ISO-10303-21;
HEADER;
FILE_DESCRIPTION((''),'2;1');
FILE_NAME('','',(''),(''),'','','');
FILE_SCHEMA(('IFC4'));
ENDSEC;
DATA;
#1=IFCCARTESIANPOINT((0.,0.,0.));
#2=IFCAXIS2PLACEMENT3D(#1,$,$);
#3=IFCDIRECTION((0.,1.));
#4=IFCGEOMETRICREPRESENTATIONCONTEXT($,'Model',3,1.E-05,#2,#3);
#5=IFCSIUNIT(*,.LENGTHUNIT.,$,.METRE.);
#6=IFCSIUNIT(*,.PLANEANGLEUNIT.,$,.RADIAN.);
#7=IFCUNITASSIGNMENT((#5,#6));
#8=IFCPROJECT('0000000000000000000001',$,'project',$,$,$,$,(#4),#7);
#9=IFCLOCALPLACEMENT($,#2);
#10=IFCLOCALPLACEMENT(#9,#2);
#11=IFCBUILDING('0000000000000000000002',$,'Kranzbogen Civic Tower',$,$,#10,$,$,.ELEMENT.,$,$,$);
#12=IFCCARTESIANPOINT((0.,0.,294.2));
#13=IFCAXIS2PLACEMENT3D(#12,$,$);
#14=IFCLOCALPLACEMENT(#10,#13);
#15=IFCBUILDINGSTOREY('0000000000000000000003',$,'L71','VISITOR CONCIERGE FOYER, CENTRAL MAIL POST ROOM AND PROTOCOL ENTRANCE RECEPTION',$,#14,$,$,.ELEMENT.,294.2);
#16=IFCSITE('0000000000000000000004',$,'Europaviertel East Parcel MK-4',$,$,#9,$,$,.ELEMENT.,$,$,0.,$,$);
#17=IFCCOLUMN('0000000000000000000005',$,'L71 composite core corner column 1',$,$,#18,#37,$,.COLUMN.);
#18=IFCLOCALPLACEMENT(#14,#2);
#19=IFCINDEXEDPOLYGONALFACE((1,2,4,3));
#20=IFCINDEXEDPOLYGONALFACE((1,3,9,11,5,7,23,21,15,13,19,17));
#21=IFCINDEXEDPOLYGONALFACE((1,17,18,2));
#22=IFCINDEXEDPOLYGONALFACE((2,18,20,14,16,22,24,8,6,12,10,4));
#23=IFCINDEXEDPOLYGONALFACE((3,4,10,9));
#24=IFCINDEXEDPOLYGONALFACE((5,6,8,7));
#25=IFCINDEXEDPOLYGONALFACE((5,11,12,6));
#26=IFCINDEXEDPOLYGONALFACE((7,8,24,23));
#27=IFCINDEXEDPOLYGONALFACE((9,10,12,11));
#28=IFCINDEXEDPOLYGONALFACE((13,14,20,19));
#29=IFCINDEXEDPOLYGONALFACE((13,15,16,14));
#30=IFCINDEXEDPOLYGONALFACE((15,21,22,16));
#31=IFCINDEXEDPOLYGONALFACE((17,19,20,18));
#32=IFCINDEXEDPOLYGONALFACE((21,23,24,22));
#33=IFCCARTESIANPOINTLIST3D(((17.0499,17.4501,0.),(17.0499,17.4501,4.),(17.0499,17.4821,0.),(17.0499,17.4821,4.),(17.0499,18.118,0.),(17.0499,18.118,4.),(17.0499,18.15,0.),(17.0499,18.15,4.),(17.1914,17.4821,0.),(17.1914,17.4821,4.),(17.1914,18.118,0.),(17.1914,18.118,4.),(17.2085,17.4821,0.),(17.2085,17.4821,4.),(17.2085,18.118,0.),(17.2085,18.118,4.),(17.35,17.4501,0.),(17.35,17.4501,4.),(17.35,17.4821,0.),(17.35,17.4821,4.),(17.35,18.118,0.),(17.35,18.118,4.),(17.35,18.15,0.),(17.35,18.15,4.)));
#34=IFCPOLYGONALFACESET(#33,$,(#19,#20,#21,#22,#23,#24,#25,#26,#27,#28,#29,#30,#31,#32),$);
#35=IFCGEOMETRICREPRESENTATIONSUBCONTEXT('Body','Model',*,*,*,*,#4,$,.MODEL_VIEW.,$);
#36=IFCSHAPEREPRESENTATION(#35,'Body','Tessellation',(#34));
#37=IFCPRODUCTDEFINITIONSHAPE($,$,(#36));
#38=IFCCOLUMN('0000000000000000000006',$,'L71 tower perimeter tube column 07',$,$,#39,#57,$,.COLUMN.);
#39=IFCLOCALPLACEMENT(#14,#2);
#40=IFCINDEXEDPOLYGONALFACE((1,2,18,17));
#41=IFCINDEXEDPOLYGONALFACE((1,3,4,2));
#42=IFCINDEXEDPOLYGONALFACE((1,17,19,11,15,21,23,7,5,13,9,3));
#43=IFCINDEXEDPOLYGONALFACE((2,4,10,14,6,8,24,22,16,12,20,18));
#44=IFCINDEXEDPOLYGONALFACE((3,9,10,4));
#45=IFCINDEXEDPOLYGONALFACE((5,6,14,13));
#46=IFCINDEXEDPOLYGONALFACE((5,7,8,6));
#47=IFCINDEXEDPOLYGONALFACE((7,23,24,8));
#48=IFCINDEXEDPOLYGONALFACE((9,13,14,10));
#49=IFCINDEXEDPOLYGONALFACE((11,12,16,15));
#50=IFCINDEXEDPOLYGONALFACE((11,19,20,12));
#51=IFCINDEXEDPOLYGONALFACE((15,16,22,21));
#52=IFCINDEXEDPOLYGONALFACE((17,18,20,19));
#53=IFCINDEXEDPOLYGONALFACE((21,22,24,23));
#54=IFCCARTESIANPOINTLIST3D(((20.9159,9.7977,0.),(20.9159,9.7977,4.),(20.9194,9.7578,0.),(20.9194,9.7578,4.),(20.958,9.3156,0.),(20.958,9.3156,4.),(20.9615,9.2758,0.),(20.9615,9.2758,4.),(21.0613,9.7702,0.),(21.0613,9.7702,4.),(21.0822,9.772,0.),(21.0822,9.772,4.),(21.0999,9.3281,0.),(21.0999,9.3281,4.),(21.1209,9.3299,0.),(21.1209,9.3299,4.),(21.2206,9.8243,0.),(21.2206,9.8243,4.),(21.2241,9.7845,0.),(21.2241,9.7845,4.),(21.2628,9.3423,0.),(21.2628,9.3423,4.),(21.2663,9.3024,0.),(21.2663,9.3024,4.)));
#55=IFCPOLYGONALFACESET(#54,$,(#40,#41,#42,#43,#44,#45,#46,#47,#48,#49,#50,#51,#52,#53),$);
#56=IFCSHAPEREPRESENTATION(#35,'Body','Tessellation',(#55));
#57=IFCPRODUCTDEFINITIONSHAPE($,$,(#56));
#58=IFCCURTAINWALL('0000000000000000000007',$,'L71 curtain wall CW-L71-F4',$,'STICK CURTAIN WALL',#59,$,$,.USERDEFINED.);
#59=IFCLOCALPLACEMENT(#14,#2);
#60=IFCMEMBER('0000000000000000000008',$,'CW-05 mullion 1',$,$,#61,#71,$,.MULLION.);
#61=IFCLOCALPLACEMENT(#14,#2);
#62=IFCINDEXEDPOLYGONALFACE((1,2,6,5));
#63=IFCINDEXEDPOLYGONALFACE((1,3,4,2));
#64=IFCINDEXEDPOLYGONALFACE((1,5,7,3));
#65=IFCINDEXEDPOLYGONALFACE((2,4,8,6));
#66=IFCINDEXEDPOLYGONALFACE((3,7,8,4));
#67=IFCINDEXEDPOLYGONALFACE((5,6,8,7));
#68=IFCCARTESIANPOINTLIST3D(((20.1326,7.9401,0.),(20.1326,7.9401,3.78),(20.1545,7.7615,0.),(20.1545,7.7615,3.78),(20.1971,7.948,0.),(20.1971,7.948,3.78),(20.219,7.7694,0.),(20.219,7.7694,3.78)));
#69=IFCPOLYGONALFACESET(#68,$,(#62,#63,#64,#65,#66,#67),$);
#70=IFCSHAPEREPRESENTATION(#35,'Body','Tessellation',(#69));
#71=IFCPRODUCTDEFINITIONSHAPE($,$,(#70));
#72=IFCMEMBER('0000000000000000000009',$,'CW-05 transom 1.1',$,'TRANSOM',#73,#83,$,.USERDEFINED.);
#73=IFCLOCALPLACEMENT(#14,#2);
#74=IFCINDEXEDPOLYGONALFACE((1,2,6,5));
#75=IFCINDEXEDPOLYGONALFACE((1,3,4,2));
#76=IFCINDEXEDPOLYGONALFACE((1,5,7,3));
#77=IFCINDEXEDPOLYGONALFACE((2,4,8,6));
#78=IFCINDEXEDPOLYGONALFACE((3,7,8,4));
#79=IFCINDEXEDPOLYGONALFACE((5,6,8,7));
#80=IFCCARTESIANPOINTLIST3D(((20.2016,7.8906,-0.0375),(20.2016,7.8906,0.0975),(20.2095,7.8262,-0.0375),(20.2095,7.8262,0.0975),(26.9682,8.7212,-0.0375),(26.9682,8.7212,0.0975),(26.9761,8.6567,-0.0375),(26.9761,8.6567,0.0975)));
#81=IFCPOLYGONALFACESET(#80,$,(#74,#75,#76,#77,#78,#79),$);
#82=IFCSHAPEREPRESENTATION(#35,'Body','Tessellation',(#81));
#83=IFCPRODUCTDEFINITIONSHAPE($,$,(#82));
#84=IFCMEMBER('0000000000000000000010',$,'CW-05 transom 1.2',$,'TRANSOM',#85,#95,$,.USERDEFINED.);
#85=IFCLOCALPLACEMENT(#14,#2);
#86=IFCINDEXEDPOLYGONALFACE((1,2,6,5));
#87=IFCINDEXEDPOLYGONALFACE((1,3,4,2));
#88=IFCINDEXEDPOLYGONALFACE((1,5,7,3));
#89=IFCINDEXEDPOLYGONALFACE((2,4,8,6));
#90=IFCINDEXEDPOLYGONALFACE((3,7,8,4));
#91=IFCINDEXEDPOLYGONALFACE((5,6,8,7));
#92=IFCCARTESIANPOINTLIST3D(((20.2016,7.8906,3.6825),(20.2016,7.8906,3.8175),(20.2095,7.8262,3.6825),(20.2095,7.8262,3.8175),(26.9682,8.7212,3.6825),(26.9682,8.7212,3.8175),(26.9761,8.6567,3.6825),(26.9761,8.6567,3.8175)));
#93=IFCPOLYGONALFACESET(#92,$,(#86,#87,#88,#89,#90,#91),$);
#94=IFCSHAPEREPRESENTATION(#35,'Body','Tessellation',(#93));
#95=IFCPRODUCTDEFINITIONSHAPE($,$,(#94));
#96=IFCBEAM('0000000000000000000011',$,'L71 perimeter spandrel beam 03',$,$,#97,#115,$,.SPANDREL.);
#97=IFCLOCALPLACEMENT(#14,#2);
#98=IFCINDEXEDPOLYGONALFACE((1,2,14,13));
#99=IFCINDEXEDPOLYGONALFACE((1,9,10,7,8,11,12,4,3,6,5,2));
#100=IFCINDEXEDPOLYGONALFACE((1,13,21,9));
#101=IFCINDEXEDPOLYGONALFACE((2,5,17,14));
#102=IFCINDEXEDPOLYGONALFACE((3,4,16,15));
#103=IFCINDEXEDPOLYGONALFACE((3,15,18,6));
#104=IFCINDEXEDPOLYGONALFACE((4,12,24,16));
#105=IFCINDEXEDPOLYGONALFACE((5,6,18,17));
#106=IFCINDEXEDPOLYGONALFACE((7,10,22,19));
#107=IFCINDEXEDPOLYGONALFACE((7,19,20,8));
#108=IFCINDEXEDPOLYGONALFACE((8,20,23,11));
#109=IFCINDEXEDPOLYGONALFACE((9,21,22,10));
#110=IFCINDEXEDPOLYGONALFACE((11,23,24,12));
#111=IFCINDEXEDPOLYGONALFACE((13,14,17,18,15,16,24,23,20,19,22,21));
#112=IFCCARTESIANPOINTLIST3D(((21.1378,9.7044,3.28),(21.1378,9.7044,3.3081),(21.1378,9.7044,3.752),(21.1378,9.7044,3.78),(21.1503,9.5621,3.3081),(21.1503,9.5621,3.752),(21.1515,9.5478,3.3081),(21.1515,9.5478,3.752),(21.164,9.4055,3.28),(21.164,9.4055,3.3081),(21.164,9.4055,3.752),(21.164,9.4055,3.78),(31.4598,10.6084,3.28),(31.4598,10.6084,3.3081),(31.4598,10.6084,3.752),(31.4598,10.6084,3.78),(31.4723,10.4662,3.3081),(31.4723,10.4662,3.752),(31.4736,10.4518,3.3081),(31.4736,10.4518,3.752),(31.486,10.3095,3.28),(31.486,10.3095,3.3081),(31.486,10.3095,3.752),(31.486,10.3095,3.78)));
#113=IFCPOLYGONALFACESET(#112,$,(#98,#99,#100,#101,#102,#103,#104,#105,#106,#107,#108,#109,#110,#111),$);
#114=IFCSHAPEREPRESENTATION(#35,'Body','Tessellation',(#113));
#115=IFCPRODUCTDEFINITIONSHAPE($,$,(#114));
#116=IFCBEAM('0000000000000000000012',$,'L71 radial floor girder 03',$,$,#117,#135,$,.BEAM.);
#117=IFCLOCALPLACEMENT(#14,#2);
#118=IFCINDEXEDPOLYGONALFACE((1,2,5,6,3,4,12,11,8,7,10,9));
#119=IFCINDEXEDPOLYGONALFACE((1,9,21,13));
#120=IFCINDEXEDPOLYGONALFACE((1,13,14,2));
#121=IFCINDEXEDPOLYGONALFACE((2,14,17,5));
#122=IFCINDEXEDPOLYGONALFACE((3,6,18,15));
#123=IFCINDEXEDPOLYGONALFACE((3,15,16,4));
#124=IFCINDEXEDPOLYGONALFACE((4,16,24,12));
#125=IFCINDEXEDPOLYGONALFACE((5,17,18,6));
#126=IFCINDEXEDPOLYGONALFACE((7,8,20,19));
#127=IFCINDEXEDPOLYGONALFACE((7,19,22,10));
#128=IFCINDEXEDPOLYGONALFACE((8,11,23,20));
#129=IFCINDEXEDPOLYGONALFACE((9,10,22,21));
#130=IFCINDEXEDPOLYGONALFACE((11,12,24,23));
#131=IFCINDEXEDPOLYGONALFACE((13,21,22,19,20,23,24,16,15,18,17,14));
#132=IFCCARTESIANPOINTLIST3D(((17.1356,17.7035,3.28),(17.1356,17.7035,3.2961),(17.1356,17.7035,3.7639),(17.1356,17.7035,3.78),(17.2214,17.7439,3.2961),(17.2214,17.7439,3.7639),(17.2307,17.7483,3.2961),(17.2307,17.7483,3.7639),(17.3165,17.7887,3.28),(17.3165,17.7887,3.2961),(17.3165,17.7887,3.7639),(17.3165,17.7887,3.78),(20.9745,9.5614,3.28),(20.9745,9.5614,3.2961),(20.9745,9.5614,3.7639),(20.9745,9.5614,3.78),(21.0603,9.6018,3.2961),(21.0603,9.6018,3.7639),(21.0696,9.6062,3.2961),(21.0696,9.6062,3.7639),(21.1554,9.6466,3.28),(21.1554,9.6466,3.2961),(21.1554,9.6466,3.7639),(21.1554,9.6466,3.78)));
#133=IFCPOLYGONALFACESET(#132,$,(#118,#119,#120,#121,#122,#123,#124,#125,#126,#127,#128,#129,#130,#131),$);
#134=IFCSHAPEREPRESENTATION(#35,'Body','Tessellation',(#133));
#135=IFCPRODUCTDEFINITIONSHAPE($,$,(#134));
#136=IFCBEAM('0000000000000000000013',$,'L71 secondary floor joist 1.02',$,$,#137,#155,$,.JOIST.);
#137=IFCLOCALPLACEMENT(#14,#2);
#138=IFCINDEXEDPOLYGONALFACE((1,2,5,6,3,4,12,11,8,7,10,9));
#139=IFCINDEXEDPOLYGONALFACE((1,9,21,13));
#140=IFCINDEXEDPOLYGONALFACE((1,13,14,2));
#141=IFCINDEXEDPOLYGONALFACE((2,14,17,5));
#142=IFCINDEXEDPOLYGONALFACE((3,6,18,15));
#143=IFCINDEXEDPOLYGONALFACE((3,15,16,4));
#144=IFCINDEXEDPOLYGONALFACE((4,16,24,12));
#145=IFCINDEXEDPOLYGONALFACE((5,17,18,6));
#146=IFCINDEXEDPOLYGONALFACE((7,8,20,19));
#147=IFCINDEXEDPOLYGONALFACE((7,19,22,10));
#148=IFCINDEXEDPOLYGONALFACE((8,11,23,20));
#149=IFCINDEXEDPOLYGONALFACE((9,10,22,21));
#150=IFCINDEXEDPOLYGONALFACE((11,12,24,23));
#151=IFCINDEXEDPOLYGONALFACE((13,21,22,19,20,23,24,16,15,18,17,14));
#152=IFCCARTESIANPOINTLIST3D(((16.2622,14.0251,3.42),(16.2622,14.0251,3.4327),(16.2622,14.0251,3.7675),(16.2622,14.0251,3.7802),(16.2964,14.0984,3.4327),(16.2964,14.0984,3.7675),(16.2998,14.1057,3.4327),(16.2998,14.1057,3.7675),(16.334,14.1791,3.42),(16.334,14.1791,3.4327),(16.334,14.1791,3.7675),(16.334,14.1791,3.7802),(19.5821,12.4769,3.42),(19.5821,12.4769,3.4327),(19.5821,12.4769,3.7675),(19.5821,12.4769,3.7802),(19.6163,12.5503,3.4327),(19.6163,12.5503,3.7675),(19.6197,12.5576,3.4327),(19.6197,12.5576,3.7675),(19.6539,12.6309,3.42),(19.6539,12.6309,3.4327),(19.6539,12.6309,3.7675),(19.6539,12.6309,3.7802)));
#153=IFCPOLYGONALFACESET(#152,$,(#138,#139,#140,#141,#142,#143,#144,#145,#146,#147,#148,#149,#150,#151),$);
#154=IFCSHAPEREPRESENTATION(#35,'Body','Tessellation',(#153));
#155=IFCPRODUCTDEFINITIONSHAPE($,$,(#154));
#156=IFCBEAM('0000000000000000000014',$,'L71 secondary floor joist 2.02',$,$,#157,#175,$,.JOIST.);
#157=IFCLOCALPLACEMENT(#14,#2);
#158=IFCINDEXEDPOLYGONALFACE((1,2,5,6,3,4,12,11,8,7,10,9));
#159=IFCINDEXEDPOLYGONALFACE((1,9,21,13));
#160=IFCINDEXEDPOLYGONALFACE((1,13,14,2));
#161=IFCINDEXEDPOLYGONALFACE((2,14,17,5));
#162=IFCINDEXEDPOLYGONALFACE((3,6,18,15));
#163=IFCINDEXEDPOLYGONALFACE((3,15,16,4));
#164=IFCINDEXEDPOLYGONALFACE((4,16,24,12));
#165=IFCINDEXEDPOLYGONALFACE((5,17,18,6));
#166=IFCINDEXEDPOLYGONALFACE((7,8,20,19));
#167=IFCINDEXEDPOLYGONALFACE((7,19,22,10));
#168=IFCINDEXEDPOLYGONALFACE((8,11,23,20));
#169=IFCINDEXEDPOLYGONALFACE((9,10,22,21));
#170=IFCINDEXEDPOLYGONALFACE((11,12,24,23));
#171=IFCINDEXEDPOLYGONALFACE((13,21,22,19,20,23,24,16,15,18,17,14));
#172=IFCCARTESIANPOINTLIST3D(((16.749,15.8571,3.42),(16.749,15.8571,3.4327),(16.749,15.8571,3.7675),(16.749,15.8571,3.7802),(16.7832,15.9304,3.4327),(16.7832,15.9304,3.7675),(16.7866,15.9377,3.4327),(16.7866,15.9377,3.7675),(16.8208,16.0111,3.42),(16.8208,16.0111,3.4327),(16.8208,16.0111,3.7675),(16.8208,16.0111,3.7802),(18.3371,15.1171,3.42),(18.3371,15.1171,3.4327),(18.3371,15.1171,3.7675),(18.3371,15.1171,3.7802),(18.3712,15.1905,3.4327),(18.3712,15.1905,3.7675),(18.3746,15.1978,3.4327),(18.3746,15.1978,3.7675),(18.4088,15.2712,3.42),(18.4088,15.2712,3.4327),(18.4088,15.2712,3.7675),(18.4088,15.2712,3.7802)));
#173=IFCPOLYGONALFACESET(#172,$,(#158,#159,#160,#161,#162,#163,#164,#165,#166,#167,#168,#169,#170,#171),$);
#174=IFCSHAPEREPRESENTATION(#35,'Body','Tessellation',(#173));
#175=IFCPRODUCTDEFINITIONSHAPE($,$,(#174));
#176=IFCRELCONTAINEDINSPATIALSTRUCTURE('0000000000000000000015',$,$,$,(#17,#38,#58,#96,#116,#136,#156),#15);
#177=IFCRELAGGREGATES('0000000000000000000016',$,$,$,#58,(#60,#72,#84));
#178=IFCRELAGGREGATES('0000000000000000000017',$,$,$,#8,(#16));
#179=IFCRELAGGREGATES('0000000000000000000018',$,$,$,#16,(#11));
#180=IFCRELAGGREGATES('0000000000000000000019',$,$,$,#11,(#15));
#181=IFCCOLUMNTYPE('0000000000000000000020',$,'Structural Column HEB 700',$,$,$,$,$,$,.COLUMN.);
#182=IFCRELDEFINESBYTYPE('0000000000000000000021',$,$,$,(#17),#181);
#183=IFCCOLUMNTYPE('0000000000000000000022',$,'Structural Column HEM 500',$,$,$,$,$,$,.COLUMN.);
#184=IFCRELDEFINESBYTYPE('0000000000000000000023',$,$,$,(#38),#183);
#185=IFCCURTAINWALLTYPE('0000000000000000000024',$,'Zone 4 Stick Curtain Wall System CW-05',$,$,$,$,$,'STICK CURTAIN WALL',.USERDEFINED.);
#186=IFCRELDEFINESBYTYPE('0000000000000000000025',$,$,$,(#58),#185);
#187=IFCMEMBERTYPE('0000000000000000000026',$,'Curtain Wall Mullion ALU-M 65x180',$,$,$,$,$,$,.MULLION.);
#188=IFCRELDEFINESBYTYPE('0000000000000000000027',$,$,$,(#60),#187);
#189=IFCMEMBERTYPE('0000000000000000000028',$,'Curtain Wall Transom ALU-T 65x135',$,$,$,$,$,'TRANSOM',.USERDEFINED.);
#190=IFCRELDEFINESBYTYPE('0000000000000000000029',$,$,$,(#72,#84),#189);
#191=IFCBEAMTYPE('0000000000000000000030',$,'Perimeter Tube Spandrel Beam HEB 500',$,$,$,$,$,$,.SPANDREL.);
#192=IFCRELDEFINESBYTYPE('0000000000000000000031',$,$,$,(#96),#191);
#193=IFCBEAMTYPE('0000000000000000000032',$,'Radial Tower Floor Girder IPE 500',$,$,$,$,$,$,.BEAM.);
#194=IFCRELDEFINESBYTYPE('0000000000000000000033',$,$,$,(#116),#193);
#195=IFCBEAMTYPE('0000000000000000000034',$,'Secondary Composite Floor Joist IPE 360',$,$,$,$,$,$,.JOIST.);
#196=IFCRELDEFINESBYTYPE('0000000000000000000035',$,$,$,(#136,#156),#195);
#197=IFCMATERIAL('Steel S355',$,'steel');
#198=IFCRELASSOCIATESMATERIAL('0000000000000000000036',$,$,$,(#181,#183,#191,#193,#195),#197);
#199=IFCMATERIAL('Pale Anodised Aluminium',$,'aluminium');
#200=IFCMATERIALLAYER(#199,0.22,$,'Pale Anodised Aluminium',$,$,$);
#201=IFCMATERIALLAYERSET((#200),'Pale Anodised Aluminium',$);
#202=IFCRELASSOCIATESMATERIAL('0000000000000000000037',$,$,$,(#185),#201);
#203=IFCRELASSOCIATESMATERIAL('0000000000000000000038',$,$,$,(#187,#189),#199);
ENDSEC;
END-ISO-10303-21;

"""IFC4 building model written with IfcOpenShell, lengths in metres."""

from ifc_helpers import new_model, si_unit, direction, frame, origin, origin_2d, place, context, subcontext, project, spatial, rectangle, i_section, extrude, material, layer, layer_set, material_profile, profile_set, type_object, element, aggregate, save


model = new_model("IFC4")

# Units and contexts
model_context = context("Model", 3, precision=1e-05, world=origin(), true_north=direction((0.0, 1.0)))
body_context = subcontext(model_context, "Body", "Model", "MODEL_VIEW")
ifc_project = project(units=[si_unit("LENGTHUNIT", "METRE"), si_unit("PLANEANGLEUNIT", "RADIAN")], contexts=[model_context])

# Site, building, storey
site_placement = place(None, origin())
site = spatial("IfcSite", under=ifc_project, at=site_placement, Name="Europaviertel East Parcel MK-4", CompositionType="ELEMENT", RefElevation=0.0)
building_placement = place(site_placement, origin())
building = spatial("IfcBuilding", under=site, at=building_placement, Name="Kranzbogen Civic Tower", CompositionType="ELEMENT")
storey_placement = place(building_placement, frame((0.0, 0.0, 294.2)))
storey = spatial("IfcBuildingStorey", under=building, at=storey_placement, Name="L71", Description="VISITOR CONCIERGE FOYER, CENTRAL MAIL POST ROOM AND PROTOCOL ENTRANCE RECEPTION", CompositionType="ELEMENT", Elevation=294.2)

# Columns
ifc_material_1 = material(Name="Steel S355", Category="steel")
ifc_material_profile_1 = material_profile(ifc_material_1, i_section(OverallWidth=0.3, OverallDepth=0.7, WebThickness=0.0171, FlangeThickness=0.032, at=origin_2d()), Name="HEB 700")
ifc_profile_set_1 = profile_set([ifc_material_profile_1], Name="Steel S355")
column_type_1 = type_object("IfcColumnType", Name="Structural Column HEB 700", PredefinedType="COLUMN", material=ifc_profile_set_1)
column_1_placement = place(storey_placement, frame((17.2, 17.8, 0.0), z_axis=(0.0, 0.0, 1.0), x_axis=(1.0, 0.0, 0.0)))
element("IfcColumn", 1, at=column_1_placement, inside=storey, type_object=column_type_1, Name="L71 composite core corner column 1", PredefinedType="COLUMN", context=body_context, shape_type="SweptSolid", body=[
    extrude(i_section(OverallWidth=0.3, OverallDepth=0.7, WebThickness=0.0171, FlangeThickness=0.032, at=origin_2d()), origin(), (0.0, 0.0, 1.0), 4.0),
])
ifc_material_profile_2 = material_profile(ifc_material_1, i_section(OverallWidth=0.3059, OverallDepth=0.5239, WebThickness=0.021, FlangeThickness=0.04, at=origin_2d()), Name="HEM 500")
ifc_profile_set_2 = profile_set([ifc_material_profile_2], Name="Steel S355")
column_type_2 = type_object("IfcColumnType", Name="Structural Column HEM 500", PredefinedType="COLUMN", material=ifc_profile_set_2)
column_2_placement = place(storey_placement, frame((21.0911, 9.55, 0.0), z_axis=(0.0, 0.0, 1.0), x_axis=(0.996195, 0.087156, 0.0)))
element("IfcColumn", 2, at=column_2_placement, inside=storey, type_object=column_type_2, Name="L71 tower perimeter tube column 07", PredefinedType="COLUMN", context=body_context, shape_type="SweptSolid", body=[
    extrude(i_section(OverallWidth=0.3059, OverallDepth=0.5239, WebThickness=0.021, FlangeThickness=0.04, at=origin_2d()), origin(), (0.0, 0.0, 1.0), 4.0),
])

# Curtain wall, members
ifc_material_2 = material(Name="Pale Anodised Aluminium", Category="aluminium")
ifc_layer_1 = layer(ifc_material_2, 0.22, Name="Pale Anodised Aluminium")
ifc_layer_set_1 = layer_set([ifc_layer_1], Name="Pale Anodised Aluminium")
curtain_wall_type = type_object("IfcCurtainWallType", Name="Zone 4 Stick Curtain Wall System CW-05", ElementType="STICK CURTAIN WALL", PredefinedType="USERDEFINED", material=ifc_layer_set_1)
curtain_wall_placement = place(storey_placement, origin())
curtain_wall = element("IfcCurtainWall", 3, at=curtain_wall_placement, inside=storey, type_object=curtain_wall_type, Name="L71 curtain wall CW-L71-F4", ObjectType="STICK CURTAIN WALL", PredefinedType="USERDEFINED")
ifc_material_profile_3 = material_profile(ifc_material_2, rectangle(XDim=0.0649, YDim=0.1799, at=origin_2d()), Name="ALU-M 65x180")
ifc_profile_set_3 = profile_set([ifc_material_profile_3], Name="Pale Anodised Aluminium")
member_type_1 = type_object("IfcMemberType", Name="Curtain Wall Mullion ALU-M 65x180", PredefinedType="MULLION", material=ifc_profile_set_3)
member_1_placement = place(storey_placement, frame((20.1758, 7.8547, 0.0), z_axis=(0.0, 0.0, 1.0), x_axis=(0.992552, 0.121825, 0.0)))
member_1 = element("IfcMember", 4, at=member_1_placement, type_object=member_type_1, Name="CW-05 mullion 1", PredefinedType="MULLION", context=body_context, shape_type="SweptSolid", body=[
    extrude(rectangle(XDim=0.0649, YDim=0.1799, at=origin_2d()), origin(), (0.0, 0.0, 1.0), 3.78),
])
ifc_material_profile_4 = material_profile(ifc_material_2, rectangle(XDim=0.0649, YDim=0.135, at=origin_2d()), Name="ALU-T 65x135")
ifc_profile_set_4 = profile_set([ifc_material_profile_4], Name="Pale Anodised Aluminium")
member_type_2 = type_object("IfcMemberType", Name="Curtain Wall Transom ALU-T 65x135", ElementType="TRANSOM", PredefinedType="USERDEFINED", material=ifc_profile_set_4)
member_2_placement = place(storey_placement, frame((20.2056, 7.8584, 0.03), z_axis=(0.992551, 0.121831, 0.0), x_axis=(-0.121831, 0.992551, 0.0)))
member_2 = element("IfcMember", 5, at=member_2_placement, type_object=member_type_2, Name="CW-05 transom 1.1", ObjectType="TRANSOM", PredefinedType="USERDEFINED", context=body_context, shape_type="SweptSolid", body=[
    extrude(rectangle(XDim=0.0649, YDim=0.135, at=origin_2d()), origin(), (0.0, 0.0, 1.0), 6.8174),
])
member_3_placement = place(storey_placement, frame((20.2056, 7.8584, 3.75), z_axis=(0.992551, 0.121831, 0.0), x_axis=(-0.121831, 0.992551, 0.0)))
member_3 = element("IfcMember", 6, at=member_3_placement, type_object=member_type_2, Name="CW-05 transom 1.2", ObjectType="TRANSOM", PredefinedType="USERDEFINED", context=body_context, shape_type="SweptSolid", body=[
    extrude(rectangle(XDim=0.0649, YDim=0.135, at=origin_2d()), origin(), (0.0, 0.0, 1.0), 6.8174),
])

# Beams
ifc_material_profile_5 = material_profile(ifc_material_1, i_section(OverallWidth=0.3, OverallDepth=0.5, WebThickness=0.0144, FlangeThickness=0.0281, at=origin_2d()), Name="HEB 500")
ifc_profile_set_5 = profile_set([ifc_material_profile_5], Name="Steel S355")
beam_type_1 = type_object("IfcBeamType", Name="Perimeter Tube Spandrel Beam HEB 500", PredefinedType="SPANDREL", material=ifc_profile_set_5)
beam_1_placement = place(storey_placement, frame((21.1509, 9.5549, 3.53), z_axis=(0.996186, 0.087251, 0.0), x_axis=(-0.087251, 0.996186, 0.0)))
element("IfcBeam", 7, at=beam_1_placement, inside=storey, type_object=beam_type_1, Name="L71 perimeter spandrel beam 03", PredefinedType="SPANDREL", context=body_context, shape_type="SweptSolid", body=[
    extrude(i_section(OverallWidth=0.3, OverallDepth=0.5, WebThickness=0.0144, FlangeThickness=0.0281, at=origin_2d()), origin(), (0.0, 0.0, 1.0), 10.3616),
])
ifc_material_profile_6 = material_profile(ifc_material_1, i_section(OverallWidth=0.2, OverallDepth=0.5, WebThickness=0.0103, FlangeThickness=0.0161, at=origin_2d()), Name="IPE 500")
ifc_profile_set_6 = profile_set([ifc_material_profile_6], Name="Steel S355")
beam_type_2 = type_object("IfcBeamType", Name="Radial Tower Floor Girder IPE 500", PredefinedType="BEAM", material=ifc_profile_set_6)
beam_2_placement = place(storey_placement, frame((21.0649, 9.604, 3.53), z_axis=(-0.42646, 0.904506, 0.0), x_axis=(-0.904506, -0.42646, 0.0)))
element("IfcBeam", 8, at=beam_2_placement, inside=storey, type_object=beam_type_2, Name="L71 radial floor girder 03", PredefinedType="BEAM", context=body_context, shape_type="SweptSolid", body=[
    extrude(i_section(OverallWidth=0.2, OverallDepth=0.5, WebThickness=0.0103, FlangeThickness=0.0161, at=origin_2d()), origin(), (0.0, 0.0, 1.0), 9.0017),
])
ifc_material_profile_7 = material_profile(ifc_material_1, i_section(OverallWidth=0.1699, OverallDepth=0.3601, WebThickness=0.0081, FlangeThickness=0.0127, at=origin_2d()), Name="IPE 360")
ifc_profile_set_7 = profile_set([ifc_material_profile_7], Name="Steel S355")
beam_type_3 = type_object("IfcBeamType", Name="Secondary Composite Floor Joist IPE 360", PredefinedType="JOIST", material=ifc_profile_set_7)
beam_3_placement = place(storey_placement, frame((16.2981, 14.1021, 3.6001), z_axis=(0.906304, -0.422626, 0.0), x_axis=(0.422626, 0.906304, 0.0)))
element("IfcBeam", 9, at=beam_3_placement, inside=storey, type_object=beam_type_3, Name="L71 secondary floor joist 1.02", PredefinedType="JOIST", context=body_context, shape_type="SweptSolid", body=[
    extrude(i_section(OverallWidth=0.1699, OverallDepth=0.3601, WebThickness=0.0081, FlangeThickness=0.0127, at=origin_2d()), origin(), (0.0, 0.0, 1.0), 3.6631),
])
beam_4_placement = place(storey_placement, frame((16.7849, 15.9341, 3.6001), z_axis=(0.906432, -0.422351, 0.0), x_axis=(0.422351, 0.906432, 0.0)))
element("IfcBeam", 10, at=beam_4_placement, inside=storey, type_object=beam_type_3, Name="L71 secondary floor joist 2.02", PredefinedType="JOIST", context=body_context, shape_type="SweptSolid", body=[
    extrude(i_section(OverallWidth=0.1699, OverallDepth=0.3601, WebThickness=0.0081, FlangeThickness=0.0127, at=origin_2d()), origin(), (0.0, 0.0, 1.0), 1.752),
])

aggregate(curtain_wall, [member_1, member_2, member_3])

save(model, "model.ifc")
